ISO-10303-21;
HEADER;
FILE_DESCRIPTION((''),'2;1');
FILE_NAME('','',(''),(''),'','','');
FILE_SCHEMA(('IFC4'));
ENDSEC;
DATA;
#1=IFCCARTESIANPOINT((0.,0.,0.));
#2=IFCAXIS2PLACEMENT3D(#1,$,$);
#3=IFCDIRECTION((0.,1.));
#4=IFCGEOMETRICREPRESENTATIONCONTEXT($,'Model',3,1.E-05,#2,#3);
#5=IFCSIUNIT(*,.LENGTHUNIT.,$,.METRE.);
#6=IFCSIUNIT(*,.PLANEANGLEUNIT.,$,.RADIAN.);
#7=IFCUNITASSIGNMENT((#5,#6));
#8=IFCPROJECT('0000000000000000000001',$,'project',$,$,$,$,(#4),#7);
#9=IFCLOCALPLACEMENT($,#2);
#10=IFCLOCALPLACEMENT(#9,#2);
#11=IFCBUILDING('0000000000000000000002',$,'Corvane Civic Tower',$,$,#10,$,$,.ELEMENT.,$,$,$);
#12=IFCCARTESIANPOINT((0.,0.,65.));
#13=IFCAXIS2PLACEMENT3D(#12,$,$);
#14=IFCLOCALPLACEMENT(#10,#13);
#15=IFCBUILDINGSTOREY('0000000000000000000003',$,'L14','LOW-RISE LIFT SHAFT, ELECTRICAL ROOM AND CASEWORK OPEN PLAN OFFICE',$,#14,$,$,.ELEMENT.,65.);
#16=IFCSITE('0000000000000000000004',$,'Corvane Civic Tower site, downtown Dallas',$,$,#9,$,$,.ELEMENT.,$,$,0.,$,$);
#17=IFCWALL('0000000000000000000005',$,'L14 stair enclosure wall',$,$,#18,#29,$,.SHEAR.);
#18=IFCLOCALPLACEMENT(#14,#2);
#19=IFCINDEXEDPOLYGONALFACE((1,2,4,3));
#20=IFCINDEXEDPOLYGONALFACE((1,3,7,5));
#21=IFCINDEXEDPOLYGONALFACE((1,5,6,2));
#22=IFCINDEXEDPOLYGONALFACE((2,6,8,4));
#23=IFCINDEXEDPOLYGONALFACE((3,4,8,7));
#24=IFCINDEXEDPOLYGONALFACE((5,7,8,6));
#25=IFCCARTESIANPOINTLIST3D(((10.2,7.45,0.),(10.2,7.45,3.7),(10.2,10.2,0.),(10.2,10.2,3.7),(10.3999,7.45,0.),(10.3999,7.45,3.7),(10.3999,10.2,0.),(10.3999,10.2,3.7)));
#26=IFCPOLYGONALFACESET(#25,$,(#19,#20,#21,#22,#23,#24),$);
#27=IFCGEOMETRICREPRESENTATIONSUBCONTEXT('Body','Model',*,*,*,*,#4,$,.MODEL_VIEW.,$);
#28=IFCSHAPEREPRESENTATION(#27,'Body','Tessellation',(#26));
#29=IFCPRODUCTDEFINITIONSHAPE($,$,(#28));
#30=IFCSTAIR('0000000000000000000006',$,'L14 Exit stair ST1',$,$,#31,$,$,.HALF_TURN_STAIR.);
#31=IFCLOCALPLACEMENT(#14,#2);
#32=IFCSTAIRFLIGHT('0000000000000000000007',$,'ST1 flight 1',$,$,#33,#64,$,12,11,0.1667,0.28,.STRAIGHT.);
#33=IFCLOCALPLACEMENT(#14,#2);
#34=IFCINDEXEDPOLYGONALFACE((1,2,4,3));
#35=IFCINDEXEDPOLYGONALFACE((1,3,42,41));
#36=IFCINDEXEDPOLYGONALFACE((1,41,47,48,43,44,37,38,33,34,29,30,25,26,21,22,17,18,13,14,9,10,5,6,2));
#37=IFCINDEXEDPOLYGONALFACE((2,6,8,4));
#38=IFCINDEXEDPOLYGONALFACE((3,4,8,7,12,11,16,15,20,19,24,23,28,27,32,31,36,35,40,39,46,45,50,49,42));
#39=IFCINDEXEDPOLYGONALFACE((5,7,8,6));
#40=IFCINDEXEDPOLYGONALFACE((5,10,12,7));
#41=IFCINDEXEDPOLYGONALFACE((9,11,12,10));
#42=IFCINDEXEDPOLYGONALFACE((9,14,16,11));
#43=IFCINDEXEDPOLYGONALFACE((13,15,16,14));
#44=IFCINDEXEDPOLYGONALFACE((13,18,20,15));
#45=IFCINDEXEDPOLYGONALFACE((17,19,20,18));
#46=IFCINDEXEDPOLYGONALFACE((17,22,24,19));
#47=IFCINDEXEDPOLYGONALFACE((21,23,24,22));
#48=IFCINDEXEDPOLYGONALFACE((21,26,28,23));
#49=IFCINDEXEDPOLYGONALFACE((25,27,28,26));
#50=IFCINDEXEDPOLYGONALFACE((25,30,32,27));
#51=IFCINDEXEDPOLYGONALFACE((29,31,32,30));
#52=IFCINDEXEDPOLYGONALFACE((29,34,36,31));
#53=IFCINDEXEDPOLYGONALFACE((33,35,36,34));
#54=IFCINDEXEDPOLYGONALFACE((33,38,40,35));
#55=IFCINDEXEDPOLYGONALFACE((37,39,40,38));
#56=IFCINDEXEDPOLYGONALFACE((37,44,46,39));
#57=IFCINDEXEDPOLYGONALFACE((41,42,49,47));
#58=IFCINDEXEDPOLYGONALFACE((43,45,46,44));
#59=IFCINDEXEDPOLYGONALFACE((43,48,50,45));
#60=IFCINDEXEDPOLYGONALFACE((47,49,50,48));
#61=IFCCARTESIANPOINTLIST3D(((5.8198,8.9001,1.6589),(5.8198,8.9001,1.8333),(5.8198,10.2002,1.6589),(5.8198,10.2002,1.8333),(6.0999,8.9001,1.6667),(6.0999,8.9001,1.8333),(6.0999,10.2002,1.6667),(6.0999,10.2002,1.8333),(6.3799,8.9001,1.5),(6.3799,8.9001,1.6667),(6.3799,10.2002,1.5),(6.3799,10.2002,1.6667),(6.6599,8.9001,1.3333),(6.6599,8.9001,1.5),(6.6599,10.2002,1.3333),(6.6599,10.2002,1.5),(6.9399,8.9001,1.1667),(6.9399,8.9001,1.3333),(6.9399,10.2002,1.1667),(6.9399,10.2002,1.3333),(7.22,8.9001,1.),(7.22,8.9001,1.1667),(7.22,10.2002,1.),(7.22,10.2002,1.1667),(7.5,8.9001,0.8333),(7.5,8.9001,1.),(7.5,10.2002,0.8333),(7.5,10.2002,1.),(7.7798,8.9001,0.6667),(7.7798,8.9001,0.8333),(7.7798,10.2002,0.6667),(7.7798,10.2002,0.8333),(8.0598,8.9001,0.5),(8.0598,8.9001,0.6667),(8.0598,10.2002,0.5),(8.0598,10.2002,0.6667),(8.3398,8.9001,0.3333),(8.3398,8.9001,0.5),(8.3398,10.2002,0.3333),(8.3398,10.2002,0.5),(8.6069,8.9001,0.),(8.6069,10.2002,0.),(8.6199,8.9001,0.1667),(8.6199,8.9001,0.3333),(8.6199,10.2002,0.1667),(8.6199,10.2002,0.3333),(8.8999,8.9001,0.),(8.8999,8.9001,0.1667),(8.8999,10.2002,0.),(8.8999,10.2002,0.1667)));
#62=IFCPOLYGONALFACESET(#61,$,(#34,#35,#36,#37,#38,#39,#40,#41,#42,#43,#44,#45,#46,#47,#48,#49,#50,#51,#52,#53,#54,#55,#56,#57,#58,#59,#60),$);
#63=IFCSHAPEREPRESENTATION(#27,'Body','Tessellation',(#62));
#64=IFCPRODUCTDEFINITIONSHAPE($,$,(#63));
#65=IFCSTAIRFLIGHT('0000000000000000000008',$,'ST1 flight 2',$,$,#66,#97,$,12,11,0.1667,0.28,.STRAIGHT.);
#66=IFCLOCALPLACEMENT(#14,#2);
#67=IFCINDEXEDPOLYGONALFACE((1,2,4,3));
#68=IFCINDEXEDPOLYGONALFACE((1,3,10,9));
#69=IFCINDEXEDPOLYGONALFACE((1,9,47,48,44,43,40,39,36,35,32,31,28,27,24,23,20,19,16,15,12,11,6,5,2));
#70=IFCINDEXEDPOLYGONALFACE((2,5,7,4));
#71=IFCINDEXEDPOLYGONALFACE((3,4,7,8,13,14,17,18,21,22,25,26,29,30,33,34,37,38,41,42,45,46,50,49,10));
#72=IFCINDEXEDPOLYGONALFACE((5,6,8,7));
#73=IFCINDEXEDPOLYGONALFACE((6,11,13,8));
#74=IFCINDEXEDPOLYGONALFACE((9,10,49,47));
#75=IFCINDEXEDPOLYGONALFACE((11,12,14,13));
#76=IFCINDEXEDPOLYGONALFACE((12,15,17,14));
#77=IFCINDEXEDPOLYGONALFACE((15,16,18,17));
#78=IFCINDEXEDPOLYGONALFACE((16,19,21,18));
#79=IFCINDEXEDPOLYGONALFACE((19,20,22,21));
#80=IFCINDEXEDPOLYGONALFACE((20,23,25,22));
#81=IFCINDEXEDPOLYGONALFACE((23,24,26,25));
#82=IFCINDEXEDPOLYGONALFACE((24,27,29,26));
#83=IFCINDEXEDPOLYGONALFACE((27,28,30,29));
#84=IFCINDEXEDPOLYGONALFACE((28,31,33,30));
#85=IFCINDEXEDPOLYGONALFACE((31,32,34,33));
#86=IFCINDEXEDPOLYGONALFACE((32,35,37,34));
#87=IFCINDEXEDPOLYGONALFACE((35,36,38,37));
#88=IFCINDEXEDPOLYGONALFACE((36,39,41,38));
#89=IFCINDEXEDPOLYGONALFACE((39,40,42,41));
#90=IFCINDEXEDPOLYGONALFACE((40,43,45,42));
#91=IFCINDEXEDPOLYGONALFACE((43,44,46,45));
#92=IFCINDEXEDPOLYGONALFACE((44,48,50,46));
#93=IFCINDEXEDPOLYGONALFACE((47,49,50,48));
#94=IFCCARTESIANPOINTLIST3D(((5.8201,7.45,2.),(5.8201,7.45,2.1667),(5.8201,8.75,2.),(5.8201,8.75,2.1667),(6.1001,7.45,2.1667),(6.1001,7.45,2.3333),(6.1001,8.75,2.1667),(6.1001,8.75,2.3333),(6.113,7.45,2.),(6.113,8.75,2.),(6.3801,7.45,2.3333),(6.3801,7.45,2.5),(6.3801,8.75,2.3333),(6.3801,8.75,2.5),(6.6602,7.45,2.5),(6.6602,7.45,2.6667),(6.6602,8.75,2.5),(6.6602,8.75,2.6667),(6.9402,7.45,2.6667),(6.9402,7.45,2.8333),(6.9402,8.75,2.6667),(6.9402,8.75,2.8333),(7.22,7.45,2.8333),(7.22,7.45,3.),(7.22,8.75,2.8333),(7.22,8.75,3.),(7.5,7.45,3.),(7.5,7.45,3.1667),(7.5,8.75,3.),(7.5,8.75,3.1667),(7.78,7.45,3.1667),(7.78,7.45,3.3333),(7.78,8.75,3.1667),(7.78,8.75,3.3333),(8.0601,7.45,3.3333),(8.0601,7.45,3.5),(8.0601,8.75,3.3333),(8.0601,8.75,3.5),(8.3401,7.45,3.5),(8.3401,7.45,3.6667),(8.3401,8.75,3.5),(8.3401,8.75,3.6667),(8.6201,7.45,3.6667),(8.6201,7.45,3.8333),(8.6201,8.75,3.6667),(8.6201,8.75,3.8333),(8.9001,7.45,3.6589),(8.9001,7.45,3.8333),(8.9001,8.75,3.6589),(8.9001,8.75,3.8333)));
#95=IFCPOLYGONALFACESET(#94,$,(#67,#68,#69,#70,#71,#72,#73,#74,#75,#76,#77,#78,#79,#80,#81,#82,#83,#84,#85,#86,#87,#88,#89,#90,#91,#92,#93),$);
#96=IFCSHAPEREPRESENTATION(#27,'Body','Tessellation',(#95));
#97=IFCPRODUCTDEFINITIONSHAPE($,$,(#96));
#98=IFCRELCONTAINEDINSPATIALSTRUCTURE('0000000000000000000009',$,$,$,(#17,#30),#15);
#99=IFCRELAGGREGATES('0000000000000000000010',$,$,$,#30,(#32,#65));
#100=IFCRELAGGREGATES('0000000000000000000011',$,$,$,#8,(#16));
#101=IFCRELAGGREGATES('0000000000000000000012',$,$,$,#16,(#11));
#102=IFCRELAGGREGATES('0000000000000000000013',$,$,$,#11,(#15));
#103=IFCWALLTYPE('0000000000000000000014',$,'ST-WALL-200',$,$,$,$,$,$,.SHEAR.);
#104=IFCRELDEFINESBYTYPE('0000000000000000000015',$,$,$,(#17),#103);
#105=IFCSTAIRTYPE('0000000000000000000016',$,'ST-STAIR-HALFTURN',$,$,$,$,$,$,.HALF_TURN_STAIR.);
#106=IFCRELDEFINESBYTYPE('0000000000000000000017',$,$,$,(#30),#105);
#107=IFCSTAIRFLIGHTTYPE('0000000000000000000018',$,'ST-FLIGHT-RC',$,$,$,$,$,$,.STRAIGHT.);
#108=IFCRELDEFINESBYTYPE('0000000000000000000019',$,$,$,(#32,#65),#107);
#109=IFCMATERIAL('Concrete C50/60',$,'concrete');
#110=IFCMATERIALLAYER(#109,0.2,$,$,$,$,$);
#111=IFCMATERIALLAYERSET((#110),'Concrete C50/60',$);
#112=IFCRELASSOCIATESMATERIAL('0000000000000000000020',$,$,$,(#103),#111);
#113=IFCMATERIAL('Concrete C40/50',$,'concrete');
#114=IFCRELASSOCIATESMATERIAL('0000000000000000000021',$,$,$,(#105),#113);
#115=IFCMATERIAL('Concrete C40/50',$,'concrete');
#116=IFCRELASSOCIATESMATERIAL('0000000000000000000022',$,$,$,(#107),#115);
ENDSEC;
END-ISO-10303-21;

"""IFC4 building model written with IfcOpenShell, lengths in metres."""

from ifc_helpers import new_model, si_unit, direction, frame, origin, place, context, subcontext, project, spatial, polyline, outline, extrude, material, layer, layer_set, type_object, element, aggregate, save


model = new_model("IFC4")

# Units and contexts
model_context = context("Model", 3, precision=1e-05, world=origin(), true_north=direction((0.0, 1.0)))
body_context = subcontext(model_context, "Body", "Model", "MODEL_VIEW")
ifc_project = project(units=[si_unit("LENGTHUNIT", "METRE"), si_unit("PLANEANGLEUNIT", "RADIAN")], contexts=[model_context])

# Site, building, storey
site_placement = place(None, origin())
site = spatial("IfcSite", under=ifc_project, at=site_placement, Name="Corvane Civic Tower site, downtown Dallas", CompositionType="ELEMENT", RefElevation=0.0)
building_placement = place(site_placement, origin())
building = spatial("IfcBuilding", under=site, at=building_placement, Name="Corvane Civic Tower", CompositionType="ELEMENT")
storey_placement = place(building_placement, frame((0.0, 0.0, 65.0)))
storey = spatial("IfcBuildingStorey", under=building, at=storey_placement, Name="L14", Description="LOW-RISE LIFT SHAFT, ELECTRICAL ROOM AND CASEWORK OPEN PLAN OFFICE", CompositionType="ELEMENT", Elevation=65.0)

# Shared definitions
ifc_material_1 = material(Name="Concrete C50/60", Category="concrete")
ifc_layer_1 = layer(ifc_material_1, 0.2)
ifc_layer_set_1 = layer_set([ifc_layer_1], Name="Concrete C50/60")
wall_type_1 = type_object("IfcWallType", Name="ST-WALL-200", PredefinedType="SHEAR", material=ifc_layer_set_1)

# Wall
wall_1_placement = place(storey_placement, origin())
element("IfcWall", 1, at=wall_1_placement, inside=storey, type_object=wall_type_1, Name="L14 stair enclosure wall", PredefinedType="SHEAR", context=body_context, shape_type="SweptSolid", body=[
    extrude(outline(polyline([(10.3999, 7.45), (10.2, 7.45), (10.2, 10.2), (10.3999, 10.2), (10.3999, 7.45)])), origin(), (0.0, 0.0, 1.0), 3.7),
])

# Stair, stair flights
ifc_material_2 = material(Name="Concrete C40/50", Category="concrete")
stair_type = type_object("IfcStairType", Name="ST-STAIR-HALFTURN", PredefinedType="HALF_TURN_STAIR", material=ifc_material_2)
stair_placement = place(storey_placement, origin())
stair = element("IfcStair", 2, at=stair_placement, inside=storey, type_object=stair_type, Name="L14 Exit stair ST1", PredefinedType="HALF_TURN_STAIR")
ifc_material_3 = material(Name="Concrete C40/50", Category="concrete")
stair_flight_type = type_object("IfcStairFlightType", Name="ST-FLIGHT-RC", PredefinedType="STRAIGHT", material=ifc_material_3)
stair_flight_1_placement = place(storey_placement, frame((8.8999, 9.55, 0.0), z_axis=(0.0, 0.0, 1.0), x_axis=(-1.0, 0.0, 0.0)))
stair_flight_1 = element("IfcStairFlight", 3, at=stair_flight_1_placement, type_object=stair_flight_type, Name="ST1 flight 1", NumberOfRisers=12, NumberOfTreads=11, PredefinedType="STRAIGHT", RiserHeight=0.1667, TreadLength=0.28, context=body_context, shape_type="SweptSolid", body=[
    extrude(outline(polyline([(0.0, 0.0), (0.0, 0.1667), (0.28, 0.1667), (0.28, 0.3333), (0.5601, 0.3333), (0.5601, 0.5), (0.8401, 0.5), (0.8401, 0.6667), (1.1201, 0.6667), (1.1201, 0.8333), (1.3999, 0.8333), (1.3999, 1.0), (1.6799, 1.0), (1.6799, 1.1667), (1.96, 1.1667), (1.96, 1.3333), (2.24, 1.3333), (2.24, 1.5), (2.52, 1.5), (2.52, 1.6667), (2.8, 1.6667), (2.8, 1.8333), (3.0801, 1.8333), (3.0801, 2.0), (3.0801, 1.6589), (0.293, 0.0), (0.0, 0.0)])), frame((0.0, 0.6499, 0.0), z_axis=(0.0, -1.0, 0.0), x_axis=(1.0, 0.0, 0.0)), (0.0, 0.0, 1.0), 1.3),
])
stair_flight_2_placement = place(storey_placement, frame((5.8201, 8.1001, 2.0), z_axis=(0.0, 0.0, 1.0), x_axis=(1.0, 0.0, 0.0)))
stair_flight_2 = element("IfcStairFlight", 4, at=stair_flight_2_placement, type_object=stair_flight_type, Name="ST1 flight 2", NumberOfRisers=12, NumberOfTreads=11, PredefinedType="STRAIGHT", RiserHeight=0.1667, TreadLength=0.28, context=body_context, shape_type="SweptSolid", body=[
    extrude(outline(polyline([(0.0, 0.0), (0.0, 0.1667), (0.28, 0.1667), (0.28, 0.3333), (0.5601, 0.3333), (0.5601, 0.5), (0.8401, 0.5), (0.8401, 0.6667), (1.1201, 0.6667), (1.1201, 0.8333), (1.3999, 0.8333), (1.3999, 1.0), (1.6799, 1.0), (1.6799, 1.1667), (1.96, 1.1667), (1.96, 1.3333), (2.24, 1.3333), (2.24, 1.5), (2.52, 1.5), (2.52, 1.6667), (2.8, 1.6667), (2.8, 1.8333), (3.0801, 1.8333), (3.0801, 2.0), (3.0801, 1.6589), (0.293, 0.0), (0.0, 0.0)])), frame((0.0, 0.6499, 0.0), z_axis=(0.0, -1.0, 0.0), x_axis=(1.0, 0.0, 0.0)), (0.0, 0.0, 1.0), 1.3),
])
aggregate(stair, [stair_flight_1, stair_flight_2])

save(model, "model.ifc")
